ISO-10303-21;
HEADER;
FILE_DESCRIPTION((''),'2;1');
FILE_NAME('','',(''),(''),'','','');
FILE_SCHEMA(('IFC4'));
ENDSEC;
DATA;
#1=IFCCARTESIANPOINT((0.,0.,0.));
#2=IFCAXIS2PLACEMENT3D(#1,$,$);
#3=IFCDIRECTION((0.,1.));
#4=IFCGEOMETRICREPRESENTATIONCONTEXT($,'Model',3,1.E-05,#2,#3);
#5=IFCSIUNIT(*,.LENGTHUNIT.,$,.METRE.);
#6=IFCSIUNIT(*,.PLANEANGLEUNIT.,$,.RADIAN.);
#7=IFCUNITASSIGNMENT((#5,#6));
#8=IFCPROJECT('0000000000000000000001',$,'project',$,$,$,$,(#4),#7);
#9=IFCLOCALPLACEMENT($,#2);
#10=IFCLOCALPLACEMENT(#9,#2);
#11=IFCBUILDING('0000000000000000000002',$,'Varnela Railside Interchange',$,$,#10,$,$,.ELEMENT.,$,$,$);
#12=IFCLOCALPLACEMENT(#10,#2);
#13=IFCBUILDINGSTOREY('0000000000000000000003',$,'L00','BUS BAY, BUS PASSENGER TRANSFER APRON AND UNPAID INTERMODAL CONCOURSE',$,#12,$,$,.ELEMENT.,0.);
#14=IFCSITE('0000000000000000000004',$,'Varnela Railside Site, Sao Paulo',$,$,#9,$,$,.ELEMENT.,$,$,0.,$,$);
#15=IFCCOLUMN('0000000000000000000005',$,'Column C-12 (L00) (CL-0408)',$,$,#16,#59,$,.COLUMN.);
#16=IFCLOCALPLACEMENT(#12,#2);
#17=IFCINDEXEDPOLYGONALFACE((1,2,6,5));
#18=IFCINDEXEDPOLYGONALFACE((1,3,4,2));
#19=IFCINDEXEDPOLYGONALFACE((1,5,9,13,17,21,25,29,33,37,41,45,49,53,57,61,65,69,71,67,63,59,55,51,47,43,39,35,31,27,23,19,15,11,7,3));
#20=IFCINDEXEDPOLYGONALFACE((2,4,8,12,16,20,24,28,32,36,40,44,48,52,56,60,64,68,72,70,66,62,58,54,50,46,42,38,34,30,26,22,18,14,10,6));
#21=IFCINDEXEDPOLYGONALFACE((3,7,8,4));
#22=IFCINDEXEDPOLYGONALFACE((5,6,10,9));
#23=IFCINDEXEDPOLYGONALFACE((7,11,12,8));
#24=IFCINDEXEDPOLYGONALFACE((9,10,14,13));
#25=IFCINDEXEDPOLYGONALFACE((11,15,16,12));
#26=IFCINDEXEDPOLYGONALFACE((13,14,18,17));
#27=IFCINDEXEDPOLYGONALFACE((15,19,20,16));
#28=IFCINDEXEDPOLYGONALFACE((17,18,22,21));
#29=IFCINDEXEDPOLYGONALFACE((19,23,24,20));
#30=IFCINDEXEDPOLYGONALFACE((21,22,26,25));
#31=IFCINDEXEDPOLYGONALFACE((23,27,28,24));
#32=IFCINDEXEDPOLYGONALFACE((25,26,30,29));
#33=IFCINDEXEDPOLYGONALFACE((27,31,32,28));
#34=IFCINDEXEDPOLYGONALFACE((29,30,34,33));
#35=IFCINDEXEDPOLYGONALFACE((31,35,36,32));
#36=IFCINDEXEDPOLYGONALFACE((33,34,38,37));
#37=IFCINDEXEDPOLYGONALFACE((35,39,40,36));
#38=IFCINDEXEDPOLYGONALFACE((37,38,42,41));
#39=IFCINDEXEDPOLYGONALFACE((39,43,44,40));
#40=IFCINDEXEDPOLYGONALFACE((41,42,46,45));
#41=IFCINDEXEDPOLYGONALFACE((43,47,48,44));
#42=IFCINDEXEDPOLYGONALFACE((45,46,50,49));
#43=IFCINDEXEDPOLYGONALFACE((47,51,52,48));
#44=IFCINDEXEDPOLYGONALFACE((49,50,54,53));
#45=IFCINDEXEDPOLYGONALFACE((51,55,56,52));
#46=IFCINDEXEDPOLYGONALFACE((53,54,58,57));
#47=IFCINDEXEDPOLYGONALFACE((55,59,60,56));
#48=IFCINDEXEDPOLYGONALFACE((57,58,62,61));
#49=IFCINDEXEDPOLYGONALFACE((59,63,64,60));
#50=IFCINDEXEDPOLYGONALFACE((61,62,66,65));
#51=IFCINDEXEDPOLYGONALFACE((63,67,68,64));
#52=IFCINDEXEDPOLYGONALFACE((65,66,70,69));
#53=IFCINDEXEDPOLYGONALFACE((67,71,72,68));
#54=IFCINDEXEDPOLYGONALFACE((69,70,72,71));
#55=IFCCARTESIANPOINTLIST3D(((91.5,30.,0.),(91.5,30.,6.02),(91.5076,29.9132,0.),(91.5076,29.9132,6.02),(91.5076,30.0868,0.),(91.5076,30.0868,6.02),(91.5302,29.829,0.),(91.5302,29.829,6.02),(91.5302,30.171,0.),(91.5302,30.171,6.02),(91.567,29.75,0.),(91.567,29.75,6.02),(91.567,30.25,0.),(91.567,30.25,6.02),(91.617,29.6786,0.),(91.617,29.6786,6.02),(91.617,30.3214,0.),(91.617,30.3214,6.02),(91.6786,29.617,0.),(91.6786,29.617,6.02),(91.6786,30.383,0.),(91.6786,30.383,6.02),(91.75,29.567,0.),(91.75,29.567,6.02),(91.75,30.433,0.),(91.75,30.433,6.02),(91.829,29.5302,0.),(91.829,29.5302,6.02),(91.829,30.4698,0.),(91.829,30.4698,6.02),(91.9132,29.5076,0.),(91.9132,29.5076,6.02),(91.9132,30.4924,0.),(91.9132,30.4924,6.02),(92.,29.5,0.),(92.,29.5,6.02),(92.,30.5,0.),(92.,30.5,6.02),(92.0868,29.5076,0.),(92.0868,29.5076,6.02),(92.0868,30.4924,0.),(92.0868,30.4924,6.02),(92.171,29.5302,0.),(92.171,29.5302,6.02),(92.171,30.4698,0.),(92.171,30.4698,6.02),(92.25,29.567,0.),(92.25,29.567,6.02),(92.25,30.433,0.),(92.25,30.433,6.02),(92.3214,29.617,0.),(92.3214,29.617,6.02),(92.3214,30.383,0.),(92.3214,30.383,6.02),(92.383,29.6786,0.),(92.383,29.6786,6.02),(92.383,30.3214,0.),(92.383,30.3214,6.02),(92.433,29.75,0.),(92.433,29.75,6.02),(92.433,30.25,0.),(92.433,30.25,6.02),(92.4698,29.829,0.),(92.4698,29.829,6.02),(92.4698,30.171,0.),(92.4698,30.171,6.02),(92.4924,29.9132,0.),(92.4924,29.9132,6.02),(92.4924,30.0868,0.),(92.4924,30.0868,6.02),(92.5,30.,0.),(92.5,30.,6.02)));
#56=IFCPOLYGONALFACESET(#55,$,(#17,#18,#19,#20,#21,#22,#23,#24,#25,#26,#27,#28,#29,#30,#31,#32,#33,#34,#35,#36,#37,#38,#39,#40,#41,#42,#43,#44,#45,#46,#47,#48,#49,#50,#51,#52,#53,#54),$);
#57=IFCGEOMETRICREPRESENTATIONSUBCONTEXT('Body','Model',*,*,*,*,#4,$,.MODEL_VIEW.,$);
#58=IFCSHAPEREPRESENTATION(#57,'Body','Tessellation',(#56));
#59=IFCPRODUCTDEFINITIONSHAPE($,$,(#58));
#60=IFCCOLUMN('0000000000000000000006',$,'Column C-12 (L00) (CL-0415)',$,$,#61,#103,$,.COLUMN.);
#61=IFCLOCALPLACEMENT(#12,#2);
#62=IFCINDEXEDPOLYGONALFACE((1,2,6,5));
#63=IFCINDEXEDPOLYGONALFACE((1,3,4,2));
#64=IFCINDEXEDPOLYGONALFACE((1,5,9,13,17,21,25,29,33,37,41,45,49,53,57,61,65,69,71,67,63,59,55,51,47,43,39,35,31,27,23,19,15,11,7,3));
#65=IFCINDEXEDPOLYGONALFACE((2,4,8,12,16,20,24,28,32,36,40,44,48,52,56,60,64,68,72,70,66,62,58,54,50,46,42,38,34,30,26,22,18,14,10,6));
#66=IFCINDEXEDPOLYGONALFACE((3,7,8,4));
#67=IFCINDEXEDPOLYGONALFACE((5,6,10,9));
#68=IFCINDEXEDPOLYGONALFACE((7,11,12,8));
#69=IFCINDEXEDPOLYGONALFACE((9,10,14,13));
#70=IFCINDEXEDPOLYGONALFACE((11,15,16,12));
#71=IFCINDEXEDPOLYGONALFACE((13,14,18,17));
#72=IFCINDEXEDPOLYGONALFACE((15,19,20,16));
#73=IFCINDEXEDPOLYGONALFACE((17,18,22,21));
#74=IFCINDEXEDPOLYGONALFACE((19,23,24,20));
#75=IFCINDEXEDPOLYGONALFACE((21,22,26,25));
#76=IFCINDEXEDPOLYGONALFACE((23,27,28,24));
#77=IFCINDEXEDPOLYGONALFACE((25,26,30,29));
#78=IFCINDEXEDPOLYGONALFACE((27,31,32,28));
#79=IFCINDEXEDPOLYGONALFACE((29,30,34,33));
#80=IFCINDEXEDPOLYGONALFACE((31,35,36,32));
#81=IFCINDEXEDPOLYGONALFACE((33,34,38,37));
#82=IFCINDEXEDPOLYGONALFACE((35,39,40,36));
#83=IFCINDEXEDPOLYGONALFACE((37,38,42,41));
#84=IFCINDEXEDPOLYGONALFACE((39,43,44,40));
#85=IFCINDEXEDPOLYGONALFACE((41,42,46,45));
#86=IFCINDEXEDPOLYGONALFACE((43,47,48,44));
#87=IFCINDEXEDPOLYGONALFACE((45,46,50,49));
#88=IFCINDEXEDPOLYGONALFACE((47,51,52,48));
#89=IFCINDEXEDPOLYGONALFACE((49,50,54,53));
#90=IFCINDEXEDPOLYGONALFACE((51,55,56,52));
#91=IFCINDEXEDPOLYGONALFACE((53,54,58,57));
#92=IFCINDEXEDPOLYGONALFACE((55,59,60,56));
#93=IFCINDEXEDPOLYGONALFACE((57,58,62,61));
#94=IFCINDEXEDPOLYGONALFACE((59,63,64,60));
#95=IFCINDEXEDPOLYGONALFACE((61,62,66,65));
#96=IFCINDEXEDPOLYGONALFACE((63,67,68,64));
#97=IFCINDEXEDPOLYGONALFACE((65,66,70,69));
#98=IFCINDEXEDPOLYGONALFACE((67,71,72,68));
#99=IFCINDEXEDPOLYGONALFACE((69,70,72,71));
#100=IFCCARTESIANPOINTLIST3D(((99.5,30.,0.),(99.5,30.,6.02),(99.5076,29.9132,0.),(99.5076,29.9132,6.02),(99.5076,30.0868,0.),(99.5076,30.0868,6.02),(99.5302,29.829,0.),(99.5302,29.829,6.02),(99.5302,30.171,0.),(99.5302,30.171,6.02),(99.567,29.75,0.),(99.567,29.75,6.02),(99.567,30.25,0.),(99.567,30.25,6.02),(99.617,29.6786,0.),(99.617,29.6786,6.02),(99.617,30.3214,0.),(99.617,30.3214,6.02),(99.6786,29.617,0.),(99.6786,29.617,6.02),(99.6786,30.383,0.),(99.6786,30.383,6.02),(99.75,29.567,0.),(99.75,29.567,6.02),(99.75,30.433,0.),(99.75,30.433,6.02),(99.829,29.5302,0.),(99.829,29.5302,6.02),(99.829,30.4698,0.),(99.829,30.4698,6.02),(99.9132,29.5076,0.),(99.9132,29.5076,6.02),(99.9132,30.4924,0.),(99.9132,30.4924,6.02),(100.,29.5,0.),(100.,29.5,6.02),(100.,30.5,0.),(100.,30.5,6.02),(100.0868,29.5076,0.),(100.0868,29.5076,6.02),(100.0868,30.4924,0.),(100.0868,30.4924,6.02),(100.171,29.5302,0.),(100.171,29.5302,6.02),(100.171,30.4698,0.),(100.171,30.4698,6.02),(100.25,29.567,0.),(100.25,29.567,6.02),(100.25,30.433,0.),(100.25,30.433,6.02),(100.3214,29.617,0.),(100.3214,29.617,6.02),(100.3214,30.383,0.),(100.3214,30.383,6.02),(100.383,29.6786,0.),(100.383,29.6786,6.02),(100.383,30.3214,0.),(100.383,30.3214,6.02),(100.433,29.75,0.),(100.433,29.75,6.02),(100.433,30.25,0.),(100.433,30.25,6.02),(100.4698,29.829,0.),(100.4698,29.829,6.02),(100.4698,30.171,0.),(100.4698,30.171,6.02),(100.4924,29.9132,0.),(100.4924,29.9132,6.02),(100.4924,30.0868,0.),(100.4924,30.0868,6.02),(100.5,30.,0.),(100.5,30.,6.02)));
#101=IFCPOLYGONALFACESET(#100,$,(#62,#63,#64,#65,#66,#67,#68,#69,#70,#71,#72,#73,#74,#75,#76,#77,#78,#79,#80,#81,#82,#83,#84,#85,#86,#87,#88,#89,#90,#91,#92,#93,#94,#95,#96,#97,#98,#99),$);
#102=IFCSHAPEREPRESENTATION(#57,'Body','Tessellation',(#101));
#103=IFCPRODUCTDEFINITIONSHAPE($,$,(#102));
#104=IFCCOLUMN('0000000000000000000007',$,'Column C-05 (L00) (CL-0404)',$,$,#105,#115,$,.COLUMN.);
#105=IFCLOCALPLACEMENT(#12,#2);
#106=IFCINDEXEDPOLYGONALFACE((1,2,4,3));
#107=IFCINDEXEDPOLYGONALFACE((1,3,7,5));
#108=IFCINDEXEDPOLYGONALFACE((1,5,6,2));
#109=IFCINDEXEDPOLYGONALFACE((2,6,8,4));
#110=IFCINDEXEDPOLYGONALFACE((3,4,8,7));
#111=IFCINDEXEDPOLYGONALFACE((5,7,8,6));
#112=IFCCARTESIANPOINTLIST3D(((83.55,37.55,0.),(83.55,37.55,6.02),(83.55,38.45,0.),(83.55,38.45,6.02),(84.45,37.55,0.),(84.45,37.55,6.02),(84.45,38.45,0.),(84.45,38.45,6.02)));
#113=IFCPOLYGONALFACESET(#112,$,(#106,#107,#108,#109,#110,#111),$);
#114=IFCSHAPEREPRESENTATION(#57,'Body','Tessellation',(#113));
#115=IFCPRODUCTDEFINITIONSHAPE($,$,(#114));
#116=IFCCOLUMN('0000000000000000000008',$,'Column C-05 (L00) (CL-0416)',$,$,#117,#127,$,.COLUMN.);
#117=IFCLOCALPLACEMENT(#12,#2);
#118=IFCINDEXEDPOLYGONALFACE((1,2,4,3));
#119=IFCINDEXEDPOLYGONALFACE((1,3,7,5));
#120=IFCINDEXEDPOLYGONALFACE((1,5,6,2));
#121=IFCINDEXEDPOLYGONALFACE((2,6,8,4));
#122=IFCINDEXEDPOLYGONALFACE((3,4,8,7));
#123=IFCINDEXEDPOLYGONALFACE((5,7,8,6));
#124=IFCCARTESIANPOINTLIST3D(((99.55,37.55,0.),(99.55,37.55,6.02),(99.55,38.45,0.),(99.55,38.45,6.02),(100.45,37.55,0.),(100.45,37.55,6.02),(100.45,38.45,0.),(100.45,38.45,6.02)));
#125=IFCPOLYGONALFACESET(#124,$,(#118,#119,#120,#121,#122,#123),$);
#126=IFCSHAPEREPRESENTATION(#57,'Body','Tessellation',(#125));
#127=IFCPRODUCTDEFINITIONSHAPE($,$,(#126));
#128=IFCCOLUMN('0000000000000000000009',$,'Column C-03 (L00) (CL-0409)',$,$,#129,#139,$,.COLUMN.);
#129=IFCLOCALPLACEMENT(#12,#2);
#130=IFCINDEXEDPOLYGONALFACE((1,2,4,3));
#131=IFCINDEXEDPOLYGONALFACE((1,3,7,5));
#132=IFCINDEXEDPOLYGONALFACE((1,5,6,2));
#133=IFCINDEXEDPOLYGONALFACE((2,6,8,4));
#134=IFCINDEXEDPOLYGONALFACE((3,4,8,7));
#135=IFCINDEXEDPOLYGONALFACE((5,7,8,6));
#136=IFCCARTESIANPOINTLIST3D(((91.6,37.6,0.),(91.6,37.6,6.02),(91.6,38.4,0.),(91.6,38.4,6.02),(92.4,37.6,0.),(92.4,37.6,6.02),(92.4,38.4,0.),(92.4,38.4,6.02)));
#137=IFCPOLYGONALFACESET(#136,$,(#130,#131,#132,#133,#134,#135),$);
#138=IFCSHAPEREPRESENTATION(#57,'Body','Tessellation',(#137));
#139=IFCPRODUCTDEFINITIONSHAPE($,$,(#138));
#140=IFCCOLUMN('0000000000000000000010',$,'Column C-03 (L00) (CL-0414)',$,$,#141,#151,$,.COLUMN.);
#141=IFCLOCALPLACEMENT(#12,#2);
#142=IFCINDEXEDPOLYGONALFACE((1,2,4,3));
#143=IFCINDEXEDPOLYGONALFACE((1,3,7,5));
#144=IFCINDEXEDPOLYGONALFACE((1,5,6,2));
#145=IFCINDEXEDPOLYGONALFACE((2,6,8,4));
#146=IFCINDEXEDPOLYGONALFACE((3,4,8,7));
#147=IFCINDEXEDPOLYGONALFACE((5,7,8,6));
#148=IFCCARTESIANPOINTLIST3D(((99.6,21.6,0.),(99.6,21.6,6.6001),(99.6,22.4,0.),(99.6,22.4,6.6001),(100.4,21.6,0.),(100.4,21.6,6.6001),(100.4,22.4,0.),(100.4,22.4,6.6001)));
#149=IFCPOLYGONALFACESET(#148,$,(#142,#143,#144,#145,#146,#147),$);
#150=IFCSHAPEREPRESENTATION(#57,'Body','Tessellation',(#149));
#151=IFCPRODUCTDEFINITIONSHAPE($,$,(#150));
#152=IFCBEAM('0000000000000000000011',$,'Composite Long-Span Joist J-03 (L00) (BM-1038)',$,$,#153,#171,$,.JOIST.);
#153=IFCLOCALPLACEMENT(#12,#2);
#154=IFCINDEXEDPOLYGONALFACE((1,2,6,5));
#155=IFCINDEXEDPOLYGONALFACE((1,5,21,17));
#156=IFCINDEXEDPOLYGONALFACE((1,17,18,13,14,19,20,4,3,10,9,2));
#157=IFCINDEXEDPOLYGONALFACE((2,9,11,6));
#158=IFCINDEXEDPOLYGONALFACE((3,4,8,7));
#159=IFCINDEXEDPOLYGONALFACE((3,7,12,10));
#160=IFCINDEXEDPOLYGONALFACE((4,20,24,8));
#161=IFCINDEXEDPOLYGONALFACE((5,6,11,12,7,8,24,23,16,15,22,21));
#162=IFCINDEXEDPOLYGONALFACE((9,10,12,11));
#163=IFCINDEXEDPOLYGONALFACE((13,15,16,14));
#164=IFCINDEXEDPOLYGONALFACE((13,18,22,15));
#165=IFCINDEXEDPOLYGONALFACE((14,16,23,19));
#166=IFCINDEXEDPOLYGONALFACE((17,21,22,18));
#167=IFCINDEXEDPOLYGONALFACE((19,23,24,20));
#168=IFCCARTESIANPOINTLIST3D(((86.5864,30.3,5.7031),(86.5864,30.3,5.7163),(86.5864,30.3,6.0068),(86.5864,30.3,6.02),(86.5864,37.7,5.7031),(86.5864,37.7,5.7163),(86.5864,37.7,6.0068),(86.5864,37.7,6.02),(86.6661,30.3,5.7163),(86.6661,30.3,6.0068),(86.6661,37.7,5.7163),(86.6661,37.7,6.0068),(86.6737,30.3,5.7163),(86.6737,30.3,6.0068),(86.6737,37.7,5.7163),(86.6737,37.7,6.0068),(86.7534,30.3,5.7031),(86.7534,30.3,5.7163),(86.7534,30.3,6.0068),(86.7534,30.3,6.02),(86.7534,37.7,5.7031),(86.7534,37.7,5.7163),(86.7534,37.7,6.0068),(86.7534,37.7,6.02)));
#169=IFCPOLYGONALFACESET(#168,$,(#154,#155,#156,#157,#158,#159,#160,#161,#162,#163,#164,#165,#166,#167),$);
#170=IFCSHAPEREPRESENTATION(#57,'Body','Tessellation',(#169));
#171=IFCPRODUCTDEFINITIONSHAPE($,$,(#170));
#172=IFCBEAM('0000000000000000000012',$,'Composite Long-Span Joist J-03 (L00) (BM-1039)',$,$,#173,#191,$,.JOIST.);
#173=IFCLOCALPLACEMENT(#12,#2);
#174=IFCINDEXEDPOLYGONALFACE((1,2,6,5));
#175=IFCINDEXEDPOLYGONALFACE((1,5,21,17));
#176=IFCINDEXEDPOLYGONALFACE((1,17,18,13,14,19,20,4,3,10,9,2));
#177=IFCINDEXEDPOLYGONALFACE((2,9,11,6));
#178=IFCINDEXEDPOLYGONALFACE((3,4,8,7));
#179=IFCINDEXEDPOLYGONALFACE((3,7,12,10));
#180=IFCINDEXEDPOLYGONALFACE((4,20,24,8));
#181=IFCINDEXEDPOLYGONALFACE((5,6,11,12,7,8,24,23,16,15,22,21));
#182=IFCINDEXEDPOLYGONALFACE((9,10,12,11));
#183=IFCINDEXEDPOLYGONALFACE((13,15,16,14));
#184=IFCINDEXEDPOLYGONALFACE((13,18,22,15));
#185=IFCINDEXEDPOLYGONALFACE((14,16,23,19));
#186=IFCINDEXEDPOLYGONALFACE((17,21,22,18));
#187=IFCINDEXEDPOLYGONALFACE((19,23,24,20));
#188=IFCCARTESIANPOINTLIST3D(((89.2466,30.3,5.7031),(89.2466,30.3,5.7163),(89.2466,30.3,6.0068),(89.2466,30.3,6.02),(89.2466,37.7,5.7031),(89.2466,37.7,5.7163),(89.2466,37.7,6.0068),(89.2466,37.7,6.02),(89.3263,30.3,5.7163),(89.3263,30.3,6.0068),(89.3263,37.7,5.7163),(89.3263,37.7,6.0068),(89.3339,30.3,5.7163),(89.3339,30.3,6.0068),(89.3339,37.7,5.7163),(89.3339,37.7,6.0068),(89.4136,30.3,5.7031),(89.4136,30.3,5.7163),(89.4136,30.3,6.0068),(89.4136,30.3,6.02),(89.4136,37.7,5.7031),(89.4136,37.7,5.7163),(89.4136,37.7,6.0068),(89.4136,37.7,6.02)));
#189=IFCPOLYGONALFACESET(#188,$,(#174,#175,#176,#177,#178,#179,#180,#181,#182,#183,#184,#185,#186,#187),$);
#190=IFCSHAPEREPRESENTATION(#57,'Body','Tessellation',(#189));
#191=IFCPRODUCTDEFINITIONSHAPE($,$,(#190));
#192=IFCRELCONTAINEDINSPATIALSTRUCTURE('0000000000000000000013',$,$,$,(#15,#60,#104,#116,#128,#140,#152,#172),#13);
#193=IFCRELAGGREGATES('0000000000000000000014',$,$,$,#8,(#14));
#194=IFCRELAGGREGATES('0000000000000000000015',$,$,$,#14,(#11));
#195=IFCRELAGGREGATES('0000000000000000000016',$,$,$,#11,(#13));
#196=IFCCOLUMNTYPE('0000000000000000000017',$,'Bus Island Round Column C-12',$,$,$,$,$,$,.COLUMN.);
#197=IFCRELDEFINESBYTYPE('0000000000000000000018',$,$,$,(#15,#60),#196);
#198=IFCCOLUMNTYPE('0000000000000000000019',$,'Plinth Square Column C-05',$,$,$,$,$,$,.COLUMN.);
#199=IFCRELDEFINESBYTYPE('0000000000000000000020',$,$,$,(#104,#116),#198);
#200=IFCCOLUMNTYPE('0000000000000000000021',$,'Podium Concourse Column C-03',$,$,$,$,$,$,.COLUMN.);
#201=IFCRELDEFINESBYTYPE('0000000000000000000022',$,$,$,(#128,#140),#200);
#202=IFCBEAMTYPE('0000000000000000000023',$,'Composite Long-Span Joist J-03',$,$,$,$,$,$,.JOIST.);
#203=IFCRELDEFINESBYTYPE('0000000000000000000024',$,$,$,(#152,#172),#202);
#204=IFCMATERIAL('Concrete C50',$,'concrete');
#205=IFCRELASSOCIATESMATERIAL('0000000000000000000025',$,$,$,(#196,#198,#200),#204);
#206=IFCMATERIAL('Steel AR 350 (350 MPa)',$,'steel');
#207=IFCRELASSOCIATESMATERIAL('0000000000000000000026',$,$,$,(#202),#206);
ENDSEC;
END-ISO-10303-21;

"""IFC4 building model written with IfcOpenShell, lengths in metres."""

from ifc_helpers import new_model, si_unit, direction, frame, origin, origin_2d, place, context, subcontext, project, spatial, rectangle, circle, i_section, extrude, material, material_profile, profile_set, type_object, element, save


model = new_model("IFC4")

# Units and contexts
model_context = context("Model", 3, precision=1e-05, world=origin(), true_north=direction((0.0, 1.0)))
body_context = subcontext(model_context, "Body", "Model", "MODEL_VIEW")
ifc_project = project(units=[si_unit("LENGTHUNIT", "METRE"), si_unit("PLANEANGLEUNIT", "RADIAN")], contexts=[model_context])

# Site, building, storey
site_placement = place(None, origin())
site = spatial("IfcSite", under=ifc_project, at=site_placement, Name="Varnela Railside Site, Sao Paulo", CompositionType="ELEMENT", RefElevation=0.0)
building_placement = place(site_placement, origin())
building = spatial("IfcBuilding", under=site, at=building_placement, Name="Varnela Railside Interchange", CompositionType="ELEMENT")
storey_placement = place(building_placement, origin())
storey = spatial("IfcBuildingStorey", under=building, at=storey_placement, Name="L00", Description="BUS BAY, BUS PASSENGER TRANSFER APRON AND UNPAID INTERMODAL CONCOURSE", CompositionType="ELEMENT", Elevation=0.0)

# Columns
ifc_material_1 = material(Name="Concrete C50", Category="concrete")
ifc_material_profile_1 = material_profile(ifc_material_1, circle(Radius=0.5, at=origin_2d()), Name="CIRC D1000")
ifc_profile_set_1 = profile_set([ifc_material_profile_1], Name="Concrete C50")
column_type_1 = type_object("IfcColumnType", Name="Bus Island Round Column C-12", PredefinedType="COLUMN", material=ifc_profile_set_1)
for number, where, z_axis, x_axis, name in (
    (1, (92.0, 30.0, 0.0), (0.0, 0.0, 1.0), (1.0, 0.0, 0.0), "Column C-12 (L00) (CL-0408)"),
    (2, (100.0, 30.0, 0.0), (0.0, 0.0, 1.0), (1.0, 0.0, 0.0), "Column C-12 (L00) (CL-0415)"),
):
    element("IfcColumn", number, at=place(storey_placement, frame(where, z_axis=z_axis, x_axis=x_axis)), inside=storey, type_object=column_type_1, Name=name, PredefinedType="COLUMN", context=body_context, shape_type="SweptSolid", body=[
        extrude(circle(Radius=0.5, at=origin_2d()), origin(), (0.0, 0.0, 1.0), 6.02),
    ])
ifc_material_profile_2 = material_profile(ifc_material_1, rectangle(XDim=0.8999, YDim=0.8999, at=origin_2d()), Name="RC 900x900")
ifc_profile_set_2 = profile_set([ifc_material_profile_2], Name="Concrete C50")
column_type_2 = type_object("IfcColumnType", Name="Plinth Square Column C-05", PredefinedType="COLUMN", material=ifc_profile_set_2)
for number, where, z_axis, x_axis, name in (
    (3, (84.0, 38.0, 0.0), (0.0, 0.0, 1.0), (1.0, 0.0, 0.0), "Column C-05 (L00) (CL-0404)"),
    (4, (100.0, 38.0, 0.0), (0.0, 0.0, 1.0), (1.0, 0.0, 0.0), "Column C-05 (L00) (CL-0416)"),
):
    element("IfcColumn", number, at=place(storey_placement, frame(where, z_axis=z_axis, x_axis=x_axis)), inside=storey, type_object=column_type_2, Name=name, PredefinedType="COLUMN", context=body_context, shape_type="SweptSolid", body=[
        extrude(rectangle(XDim=0.8999, YDim=0.8999, at=origin_2d()), origin(), (0.0, 0.0, 1.0), 6.02),
    ])
ifc_material_profile_3 = material_profile(ifc_material_1, rectangle(XDim=0.8, YDim=0.8, at=origin_2d()), Name="RC 800x800")
ifc_profile_set_3 = profile_set([ifc_material_profile_3], Name="Concrete C50")
column_type_3 = type_object("IfcColumnType", Name="Podium Concourse Column C-03", PredefinedType="COLUMN", material=ifc_profile_set_3)
column_1_placement = place(storey_placement, frame((92.0, 38.0, 0.0), z_axis=(0.0, 0.0, 1.0), x_axis=(1.0, 0.0, 0.0)))
element("IfcColumn", 5, at=column_1_placement, inside=storey, type_object=column_type_3, Name="Column C-03 (L00) (CL-0409)", PredefinedType="COLUMN", context=body_context, shape_type="SweptSolid", body=[
    extrude(rectangle(XDim=0.8, YDim=0.8, at=origin_2d()), origin(), (0.0, 0.0, 1.0), 6.02),
])
column_2_placement = place(storey_placement, frame((100.0, 22.0, 0.0), z_axis=(0.0, 0.0, 1.0), x_axis=(1.0, 0.0, 0.0)))
element("IfcColumn", 6, at=column_2_placement, inside=storey, type_object=column_type_3, Name="Column C-03 (L00) (CL-0414)", PredefinedType="COLUMN", context=body_context, shape_type="SweptSolid", body=[
    extrude(rectangle(XDim=0.8, YDim=0.8, at=origin_2d()), origin(), (0.0, 0.0, 1.0), 6.6001),
])

# Beams
ifc_material_2 = material(Name="Steel AR 350 (350 MPa)", Category="steel")
ifc_material_profile_4 = material_profile(ifc_material_2, i_section(OverallWidth=0.167, OverallDepth=0.3169, WebThickness=0.0076, FlangeThickness=0.0132, at=origin_2d()), Name="W310x52")
ifc_profile_set_4 = profile_set([ifc_material_profile_4], Name="Steel AR 350 (350 MPa)")
beam_type_1 = type_object("IfcBeamType", Name="Composite Long-Span Joist J-03", PredefinedType="JOIST", material=ifc_profile_set_4)
for number, where, z_axis, x_axis, name in (
    (7, (86.6699, 30.3, 5.8616), (0.0, 1.0, 0.0), (-1.0, 0.0, 0.0), "Composite Long-Span Joist J-03 (L00) (BM-1038)"),
    (8, (89.3301, 30.3, 5.8616), (0.0, 1.0, 0.0), (-1.0, 0.0, 0.0), "Composite Long-Span Joist J-03 (L00) (BM-1039)"),
):
    element("IfcBeam", number, at=place(storey_placement, frame(where, z_axis=z_axis, x_axis=x_axis)), inside=storey, type_object=beam_type_1, Name=name, PredefinedType="JOIST", context=body_context, shape_type="SweptSolid", body=[
        extrude(i_section(OverallWidth=0.167, OverallDepth=0.3169, WebThickness=0.0076, FlangeThickness=0.0132, at=origin_2d()), origin(), (0.0, 0.0, 1.0), 7.3999),
    ])

save(model, "model.ifc")
